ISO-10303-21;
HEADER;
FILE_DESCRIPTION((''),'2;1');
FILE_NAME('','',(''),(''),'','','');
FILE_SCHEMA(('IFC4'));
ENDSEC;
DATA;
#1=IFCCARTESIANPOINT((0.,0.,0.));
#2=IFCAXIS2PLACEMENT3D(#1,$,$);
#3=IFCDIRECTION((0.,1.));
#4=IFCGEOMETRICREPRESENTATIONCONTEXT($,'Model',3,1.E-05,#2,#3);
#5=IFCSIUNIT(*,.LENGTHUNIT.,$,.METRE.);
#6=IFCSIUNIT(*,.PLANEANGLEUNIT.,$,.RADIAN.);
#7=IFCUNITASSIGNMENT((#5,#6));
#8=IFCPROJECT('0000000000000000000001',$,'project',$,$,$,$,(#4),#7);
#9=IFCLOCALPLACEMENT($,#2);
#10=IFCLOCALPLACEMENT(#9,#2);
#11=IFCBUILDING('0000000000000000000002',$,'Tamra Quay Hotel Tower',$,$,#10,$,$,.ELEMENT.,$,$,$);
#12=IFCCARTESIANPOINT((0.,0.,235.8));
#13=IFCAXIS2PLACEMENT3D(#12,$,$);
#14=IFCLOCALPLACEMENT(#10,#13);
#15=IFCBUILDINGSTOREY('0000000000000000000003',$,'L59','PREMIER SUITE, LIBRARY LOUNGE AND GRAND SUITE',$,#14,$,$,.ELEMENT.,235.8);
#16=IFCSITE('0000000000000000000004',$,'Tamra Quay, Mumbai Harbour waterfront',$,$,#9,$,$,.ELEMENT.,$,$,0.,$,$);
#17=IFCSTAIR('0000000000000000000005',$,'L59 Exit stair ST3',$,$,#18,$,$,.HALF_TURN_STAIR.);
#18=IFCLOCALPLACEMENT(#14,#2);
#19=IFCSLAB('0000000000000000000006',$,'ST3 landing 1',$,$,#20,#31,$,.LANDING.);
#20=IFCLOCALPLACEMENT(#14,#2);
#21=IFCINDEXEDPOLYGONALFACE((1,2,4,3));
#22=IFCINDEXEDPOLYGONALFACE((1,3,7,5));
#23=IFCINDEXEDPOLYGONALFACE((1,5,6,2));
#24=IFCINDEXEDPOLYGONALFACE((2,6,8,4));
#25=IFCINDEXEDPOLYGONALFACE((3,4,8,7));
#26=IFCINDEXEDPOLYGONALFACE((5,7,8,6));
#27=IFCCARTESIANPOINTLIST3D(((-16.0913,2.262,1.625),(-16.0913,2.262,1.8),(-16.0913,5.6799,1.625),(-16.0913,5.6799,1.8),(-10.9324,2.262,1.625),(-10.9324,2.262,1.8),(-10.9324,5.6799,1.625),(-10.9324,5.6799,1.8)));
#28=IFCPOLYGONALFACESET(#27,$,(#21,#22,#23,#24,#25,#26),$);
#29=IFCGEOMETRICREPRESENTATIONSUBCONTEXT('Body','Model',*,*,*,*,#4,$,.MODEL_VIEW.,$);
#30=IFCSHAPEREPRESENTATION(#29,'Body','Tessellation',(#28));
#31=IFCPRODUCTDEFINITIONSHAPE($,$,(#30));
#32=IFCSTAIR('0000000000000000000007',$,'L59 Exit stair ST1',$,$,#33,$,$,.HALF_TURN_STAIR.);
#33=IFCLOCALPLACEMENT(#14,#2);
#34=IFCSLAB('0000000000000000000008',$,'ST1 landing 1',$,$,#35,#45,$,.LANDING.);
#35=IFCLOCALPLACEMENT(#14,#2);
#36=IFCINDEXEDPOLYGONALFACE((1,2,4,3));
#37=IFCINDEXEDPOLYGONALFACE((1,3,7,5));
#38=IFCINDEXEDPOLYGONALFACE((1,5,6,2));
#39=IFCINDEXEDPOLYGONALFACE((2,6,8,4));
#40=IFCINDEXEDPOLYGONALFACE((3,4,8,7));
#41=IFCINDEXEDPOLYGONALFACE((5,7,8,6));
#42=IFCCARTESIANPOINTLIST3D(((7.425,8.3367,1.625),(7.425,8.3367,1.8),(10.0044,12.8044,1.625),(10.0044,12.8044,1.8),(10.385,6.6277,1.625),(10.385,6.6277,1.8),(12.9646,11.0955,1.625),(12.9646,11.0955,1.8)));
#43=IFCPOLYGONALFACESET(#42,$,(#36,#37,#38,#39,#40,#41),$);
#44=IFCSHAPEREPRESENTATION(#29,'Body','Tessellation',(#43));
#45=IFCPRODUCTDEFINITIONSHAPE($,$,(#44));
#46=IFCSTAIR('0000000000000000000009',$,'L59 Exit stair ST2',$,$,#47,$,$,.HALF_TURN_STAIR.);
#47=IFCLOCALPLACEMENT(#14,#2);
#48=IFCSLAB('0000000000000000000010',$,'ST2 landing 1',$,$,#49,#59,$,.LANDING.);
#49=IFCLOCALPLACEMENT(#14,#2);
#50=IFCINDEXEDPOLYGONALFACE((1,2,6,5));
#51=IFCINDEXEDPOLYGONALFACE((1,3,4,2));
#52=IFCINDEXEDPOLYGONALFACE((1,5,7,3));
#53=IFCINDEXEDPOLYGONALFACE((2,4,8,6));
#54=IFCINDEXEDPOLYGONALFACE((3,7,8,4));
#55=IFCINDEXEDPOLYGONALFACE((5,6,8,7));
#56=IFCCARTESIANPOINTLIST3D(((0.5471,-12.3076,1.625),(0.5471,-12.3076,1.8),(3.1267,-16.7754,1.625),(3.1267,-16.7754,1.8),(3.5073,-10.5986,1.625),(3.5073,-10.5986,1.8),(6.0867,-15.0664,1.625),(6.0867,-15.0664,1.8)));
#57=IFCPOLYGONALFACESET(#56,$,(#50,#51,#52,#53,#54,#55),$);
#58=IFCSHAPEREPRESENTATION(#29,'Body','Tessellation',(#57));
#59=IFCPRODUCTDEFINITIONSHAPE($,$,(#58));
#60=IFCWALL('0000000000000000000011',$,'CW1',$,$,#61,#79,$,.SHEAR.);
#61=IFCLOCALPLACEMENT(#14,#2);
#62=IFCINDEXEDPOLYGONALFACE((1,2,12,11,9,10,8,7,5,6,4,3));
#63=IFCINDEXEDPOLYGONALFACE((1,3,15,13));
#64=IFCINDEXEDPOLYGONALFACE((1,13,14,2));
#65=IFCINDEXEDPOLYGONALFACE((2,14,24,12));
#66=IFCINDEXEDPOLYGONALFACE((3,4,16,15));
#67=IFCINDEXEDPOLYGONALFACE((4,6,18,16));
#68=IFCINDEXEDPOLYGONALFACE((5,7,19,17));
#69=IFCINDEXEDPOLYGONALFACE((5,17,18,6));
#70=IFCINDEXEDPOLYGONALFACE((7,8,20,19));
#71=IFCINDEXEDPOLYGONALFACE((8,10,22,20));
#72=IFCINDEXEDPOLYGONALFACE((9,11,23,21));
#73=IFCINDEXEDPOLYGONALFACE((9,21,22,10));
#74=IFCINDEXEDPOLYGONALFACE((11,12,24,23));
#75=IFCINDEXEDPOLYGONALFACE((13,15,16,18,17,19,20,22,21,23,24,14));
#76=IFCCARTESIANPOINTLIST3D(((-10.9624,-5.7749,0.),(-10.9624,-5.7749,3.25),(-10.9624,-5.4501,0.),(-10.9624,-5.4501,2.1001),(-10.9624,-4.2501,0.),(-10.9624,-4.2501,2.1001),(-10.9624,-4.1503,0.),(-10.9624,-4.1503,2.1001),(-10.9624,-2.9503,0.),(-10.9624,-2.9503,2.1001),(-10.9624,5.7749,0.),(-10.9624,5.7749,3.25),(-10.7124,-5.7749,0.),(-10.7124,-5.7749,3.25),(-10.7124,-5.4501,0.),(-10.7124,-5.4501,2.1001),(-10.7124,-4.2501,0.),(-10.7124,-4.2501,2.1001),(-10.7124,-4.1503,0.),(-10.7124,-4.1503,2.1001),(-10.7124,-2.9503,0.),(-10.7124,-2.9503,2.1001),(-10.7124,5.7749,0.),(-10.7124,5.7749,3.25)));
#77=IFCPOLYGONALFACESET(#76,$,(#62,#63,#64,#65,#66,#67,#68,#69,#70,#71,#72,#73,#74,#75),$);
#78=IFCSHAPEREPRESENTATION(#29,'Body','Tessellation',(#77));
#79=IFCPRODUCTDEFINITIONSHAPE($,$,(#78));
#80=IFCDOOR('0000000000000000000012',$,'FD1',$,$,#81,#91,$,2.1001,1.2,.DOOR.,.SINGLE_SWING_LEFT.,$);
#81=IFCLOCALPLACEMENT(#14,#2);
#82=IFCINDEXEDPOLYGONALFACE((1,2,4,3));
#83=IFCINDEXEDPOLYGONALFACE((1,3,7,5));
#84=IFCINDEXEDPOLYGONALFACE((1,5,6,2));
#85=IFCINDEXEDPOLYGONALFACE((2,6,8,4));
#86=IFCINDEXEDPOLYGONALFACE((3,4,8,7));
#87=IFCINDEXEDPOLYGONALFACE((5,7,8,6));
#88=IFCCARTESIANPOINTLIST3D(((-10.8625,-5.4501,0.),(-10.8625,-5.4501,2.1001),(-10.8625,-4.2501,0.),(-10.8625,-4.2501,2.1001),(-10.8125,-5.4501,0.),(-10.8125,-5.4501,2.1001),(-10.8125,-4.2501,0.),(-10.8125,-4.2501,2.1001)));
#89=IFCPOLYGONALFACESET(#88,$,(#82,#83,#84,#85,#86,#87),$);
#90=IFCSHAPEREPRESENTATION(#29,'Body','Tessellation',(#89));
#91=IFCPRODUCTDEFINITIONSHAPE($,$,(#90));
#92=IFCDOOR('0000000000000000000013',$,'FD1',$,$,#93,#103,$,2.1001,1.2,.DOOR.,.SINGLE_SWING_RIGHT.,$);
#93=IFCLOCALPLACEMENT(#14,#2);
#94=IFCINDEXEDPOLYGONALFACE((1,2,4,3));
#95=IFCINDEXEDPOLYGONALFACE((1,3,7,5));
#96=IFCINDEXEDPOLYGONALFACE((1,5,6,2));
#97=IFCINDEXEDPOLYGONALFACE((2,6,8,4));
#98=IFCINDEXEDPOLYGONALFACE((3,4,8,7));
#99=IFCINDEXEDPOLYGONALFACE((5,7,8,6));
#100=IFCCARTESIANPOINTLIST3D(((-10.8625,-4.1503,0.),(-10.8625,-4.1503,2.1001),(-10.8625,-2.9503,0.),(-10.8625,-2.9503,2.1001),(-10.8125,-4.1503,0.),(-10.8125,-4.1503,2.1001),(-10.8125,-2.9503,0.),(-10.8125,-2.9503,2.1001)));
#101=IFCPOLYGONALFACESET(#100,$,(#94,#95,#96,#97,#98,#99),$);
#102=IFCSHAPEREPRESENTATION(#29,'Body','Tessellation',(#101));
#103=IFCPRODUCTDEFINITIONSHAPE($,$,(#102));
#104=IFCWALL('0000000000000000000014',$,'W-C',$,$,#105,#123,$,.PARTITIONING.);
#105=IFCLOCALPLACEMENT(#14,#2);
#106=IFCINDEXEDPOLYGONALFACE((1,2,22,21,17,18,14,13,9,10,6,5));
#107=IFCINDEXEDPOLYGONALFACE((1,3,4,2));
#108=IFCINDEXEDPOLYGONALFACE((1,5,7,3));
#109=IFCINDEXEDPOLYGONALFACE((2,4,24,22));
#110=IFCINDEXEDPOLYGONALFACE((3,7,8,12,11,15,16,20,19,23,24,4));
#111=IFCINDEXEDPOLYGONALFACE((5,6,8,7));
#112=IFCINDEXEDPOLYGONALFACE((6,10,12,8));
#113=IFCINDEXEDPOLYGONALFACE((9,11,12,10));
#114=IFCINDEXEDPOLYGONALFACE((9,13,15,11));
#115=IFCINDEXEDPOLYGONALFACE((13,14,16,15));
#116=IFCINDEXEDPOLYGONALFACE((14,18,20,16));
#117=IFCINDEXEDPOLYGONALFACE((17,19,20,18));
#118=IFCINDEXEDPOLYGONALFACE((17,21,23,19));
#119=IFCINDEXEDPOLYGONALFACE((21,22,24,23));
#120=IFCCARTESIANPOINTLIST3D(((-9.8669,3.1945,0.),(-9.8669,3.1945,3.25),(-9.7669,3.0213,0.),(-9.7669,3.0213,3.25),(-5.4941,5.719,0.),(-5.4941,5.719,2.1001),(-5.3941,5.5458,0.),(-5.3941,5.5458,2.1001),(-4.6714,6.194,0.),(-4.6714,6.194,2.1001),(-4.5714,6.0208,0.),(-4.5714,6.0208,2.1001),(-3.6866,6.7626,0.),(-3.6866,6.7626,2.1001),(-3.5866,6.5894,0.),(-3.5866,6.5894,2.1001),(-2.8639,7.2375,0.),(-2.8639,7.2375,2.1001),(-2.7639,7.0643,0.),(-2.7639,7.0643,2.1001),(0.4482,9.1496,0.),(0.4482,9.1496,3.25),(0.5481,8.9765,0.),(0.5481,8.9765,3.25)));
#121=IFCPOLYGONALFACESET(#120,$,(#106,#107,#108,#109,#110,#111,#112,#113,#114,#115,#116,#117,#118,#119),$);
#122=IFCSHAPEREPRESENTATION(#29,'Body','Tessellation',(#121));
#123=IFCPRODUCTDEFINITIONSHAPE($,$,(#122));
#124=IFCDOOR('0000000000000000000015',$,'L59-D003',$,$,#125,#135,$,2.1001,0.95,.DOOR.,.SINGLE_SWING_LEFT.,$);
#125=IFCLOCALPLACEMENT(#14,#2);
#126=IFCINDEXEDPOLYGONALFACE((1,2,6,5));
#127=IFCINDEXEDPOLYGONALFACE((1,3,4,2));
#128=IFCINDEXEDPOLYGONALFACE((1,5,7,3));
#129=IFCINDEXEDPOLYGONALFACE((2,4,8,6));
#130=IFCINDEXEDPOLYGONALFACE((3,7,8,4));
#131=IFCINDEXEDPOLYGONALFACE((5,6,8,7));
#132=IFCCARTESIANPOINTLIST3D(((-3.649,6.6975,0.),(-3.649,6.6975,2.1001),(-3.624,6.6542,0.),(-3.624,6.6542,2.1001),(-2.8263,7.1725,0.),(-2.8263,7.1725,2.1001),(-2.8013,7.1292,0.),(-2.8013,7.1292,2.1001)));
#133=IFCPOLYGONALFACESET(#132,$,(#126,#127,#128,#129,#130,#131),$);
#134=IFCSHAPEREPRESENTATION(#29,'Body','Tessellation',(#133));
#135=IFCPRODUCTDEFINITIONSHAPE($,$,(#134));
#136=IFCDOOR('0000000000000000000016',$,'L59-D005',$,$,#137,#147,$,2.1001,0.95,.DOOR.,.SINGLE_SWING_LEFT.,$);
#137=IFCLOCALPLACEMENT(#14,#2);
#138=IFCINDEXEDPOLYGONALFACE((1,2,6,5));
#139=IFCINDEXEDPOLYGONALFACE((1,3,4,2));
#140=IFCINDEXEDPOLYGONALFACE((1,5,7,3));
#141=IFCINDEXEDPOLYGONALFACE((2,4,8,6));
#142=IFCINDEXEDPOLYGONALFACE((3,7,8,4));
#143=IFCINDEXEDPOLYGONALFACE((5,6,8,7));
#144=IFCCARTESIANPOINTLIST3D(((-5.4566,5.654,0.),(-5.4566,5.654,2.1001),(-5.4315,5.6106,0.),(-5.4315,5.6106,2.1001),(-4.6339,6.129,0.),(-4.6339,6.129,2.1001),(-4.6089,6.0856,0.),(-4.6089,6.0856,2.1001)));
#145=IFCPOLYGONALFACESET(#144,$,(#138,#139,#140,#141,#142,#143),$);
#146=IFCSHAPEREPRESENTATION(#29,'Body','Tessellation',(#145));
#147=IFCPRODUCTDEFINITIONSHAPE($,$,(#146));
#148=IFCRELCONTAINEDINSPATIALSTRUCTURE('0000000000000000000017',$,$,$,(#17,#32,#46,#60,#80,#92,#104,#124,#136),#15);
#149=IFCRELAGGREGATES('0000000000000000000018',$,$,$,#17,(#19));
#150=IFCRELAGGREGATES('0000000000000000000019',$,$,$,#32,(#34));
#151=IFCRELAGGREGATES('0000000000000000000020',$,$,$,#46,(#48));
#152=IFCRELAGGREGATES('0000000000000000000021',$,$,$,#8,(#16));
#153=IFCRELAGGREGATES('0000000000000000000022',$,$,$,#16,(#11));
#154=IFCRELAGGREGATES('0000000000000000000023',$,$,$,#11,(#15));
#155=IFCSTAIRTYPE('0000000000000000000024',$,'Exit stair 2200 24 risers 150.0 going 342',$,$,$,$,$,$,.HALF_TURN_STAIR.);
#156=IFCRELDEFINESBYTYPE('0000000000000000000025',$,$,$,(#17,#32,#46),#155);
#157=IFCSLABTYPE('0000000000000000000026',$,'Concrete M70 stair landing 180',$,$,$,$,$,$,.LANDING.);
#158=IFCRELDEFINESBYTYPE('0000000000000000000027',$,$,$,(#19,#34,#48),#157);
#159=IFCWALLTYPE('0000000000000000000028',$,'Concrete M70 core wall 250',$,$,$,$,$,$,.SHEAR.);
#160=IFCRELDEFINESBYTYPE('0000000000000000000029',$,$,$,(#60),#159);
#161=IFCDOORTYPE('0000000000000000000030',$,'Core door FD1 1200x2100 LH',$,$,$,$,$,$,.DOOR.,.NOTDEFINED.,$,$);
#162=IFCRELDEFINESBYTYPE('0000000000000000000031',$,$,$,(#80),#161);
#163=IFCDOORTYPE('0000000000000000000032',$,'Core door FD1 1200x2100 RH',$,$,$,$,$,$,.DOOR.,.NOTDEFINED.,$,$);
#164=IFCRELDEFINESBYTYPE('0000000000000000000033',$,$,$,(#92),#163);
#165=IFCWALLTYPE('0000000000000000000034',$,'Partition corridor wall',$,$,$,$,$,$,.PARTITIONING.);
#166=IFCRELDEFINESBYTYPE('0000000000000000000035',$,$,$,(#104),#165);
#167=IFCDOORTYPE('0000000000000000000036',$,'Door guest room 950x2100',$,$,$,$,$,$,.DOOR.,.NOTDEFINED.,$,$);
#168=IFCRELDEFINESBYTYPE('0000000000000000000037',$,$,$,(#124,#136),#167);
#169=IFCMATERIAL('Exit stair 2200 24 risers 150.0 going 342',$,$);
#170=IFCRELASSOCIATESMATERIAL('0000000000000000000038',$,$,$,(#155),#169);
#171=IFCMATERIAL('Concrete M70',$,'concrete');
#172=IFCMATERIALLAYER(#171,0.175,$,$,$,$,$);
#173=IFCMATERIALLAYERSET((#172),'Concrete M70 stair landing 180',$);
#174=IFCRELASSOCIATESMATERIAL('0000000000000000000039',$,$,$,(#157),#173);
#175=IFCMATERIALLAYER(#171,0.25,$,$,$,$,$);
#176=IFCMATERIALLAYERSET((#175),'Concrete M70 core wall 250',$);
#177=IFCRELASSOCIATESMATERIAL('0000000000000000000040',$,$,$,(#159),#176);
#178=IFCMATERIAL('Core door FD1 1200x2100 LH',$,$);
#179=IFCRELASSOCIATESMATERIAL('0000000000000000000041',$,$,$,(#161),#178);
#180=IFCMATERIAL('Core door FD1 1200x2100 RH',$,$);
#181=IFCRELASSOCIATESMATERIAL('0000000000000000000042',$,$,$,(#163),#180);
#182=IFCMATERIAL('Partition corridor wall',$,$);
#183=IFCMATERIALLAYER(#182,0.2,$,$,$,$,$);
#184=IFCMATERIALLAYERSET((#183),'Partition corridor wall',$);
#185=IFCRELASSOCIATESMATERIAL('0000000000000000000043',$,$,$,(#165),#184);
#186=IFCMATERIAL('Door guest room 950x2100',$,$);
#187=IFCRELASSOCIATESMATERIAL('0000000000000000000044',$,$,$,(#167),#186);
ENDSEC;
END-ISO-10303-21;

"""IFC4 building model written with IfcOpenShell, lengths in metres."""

from ifc_helpers import new_model, si_unit, direction, frame, frame_2d, origin, place, context, subcontext, project, spatial, polyline, rectangle, outline, extrude, material, layer, layer_set, type_object, element, fill, aggregate, save


model = new_model("IFC4")

# Units and contexts
model_context = context("Model", 3, precision=1e-05, world=origin(), true_north=direction((0.0, 1.0)))
body_context = subcontext(model_context, "Body", "Model", "MODEL_VIEW")
ifc_project = project(units=[si_unit("LENGTHUNIT", "METRE"), si_unit("PLANEANGLEUNIT", "RADIAN")], contexts=[model_context])

# Site, building, storey
site_placement = place(None, origin())
site = spatial("IfcSite", under=ifc_project, at=site_placement, Name="Tamra Quay, Mumbai Harbour waterfront", CompositionType="ELEMENT", RefElevation=0.0)
building_placement = place(site_placement, origin())
building = spatial("IfcBuilding", under=site, at=building_placement, Name="Tamra Quay Hotel Tower", CompositionType="ELEMENT")
storey_placement = place(building_placement, frame((0.0, 0.0, 235.8)))
storey = spatial("IfcBuildingStorey", under=building, at=storey_placement, Name="L59", Description="PREMIER SUITE, LIBRARY LOUNGE AND GRAND SUITE", CompositionType="ELEMENT", Elevation=235.8)

# Stairs, slabs
ifc_material_1 = material(Name="Exit stair 2200 24 risers 150.0 going 342")
stair_type = type_object("IfcStairType", Name="Exit stair 2200 24 risers 150.0 going 342", PredefinedType="HALF_TURN_STAIR", material=ifc_material_1)
stair_1_placement = place(storey_placement, origin())
stair_1 = element("IfcStair", 1, at=stair_1_placement, inside=storey, type_object=stair_type, Name="L59 Exit stair ST3", PredefinedType="HALF_TURN_STAIR")
ifc_material_2 = material(Name="Concrete M70", Category="concrete")
ifc_layer_1 = layer(ifc_material_2, 0.175)
ifc_layer_set_1 = layer_set([ifc_layer_1], Name="Concrete M70 stair landing 180")
slab_type_1 = type_object("IfcSlabType", Name="Concrete M70 stair landing 180", PredefinedType="LANDING", material=ifc_layer_set_1)
slab_1_placement = place(storey_placement, frame((0.0, 0.0, 1.625)))
slab_1 = element("IfcSlab", 2, at=slab_1_placement, type_object=slab_type_1, Name="ST3 landing 1", PredefinedType="LANDING", context=body_context, shape_type="SweptSolid", body=[
    extrude(outline(polyline([(-10.9324, 2.262), (-10.9324, 5.6799), (-16.0913, 5.6799), (-16.0913, 2.262), (-10.9324, 2.262)])), origin(), (0.0, 0.0, 1.0), 0.175),
])
aggregate(stair_1, [slab_1])
stair_2_placement = place(storey_placement, origin())
stair_2 = element("IfcStair", 3, at=stair_2_placement, inside=storey, type_object=stair_type, Name="L59 Exit stair ST1", PredefinedType="HALF_TURN_STAIR")
slab_2_placement = place(storey_placement, frame((0.0, 0.0, 1.625)))
slab_2 = element("IfcSlab", 4, at=slab_2_placement, type_object=slab_type_1, Name="ST1 landing 1", PredefinedType="LANDING", context=body_context, shape_type="SweptSolid", body=[
    extrude(outline(polyline([(7.425, 8.3367), (10.385, 6.6277), (12.9646, 11.0955), (10.0044, 12.8044), (7.425, 8.3367)])), origin(), (0.0, 0.0, 1.0), 0.175),
])
aggregate(stair_2, [slab_2])
stair_3_placement = place(storey_placement, origin())
stair_3 = element("IfcStair", 5, at=stair_3_placement, inside=storey, type_object=stair_type, Name="L59 Exit stair ST2", PredefinedType="HALF_TURN_STAIR")
slab_3_placement = place(storey_placement, frame((0.0, 0.0, 1.625)))
slab_3 = element("IfcSlab", 6, at=slab_3_placement, type_object=slab_type_1, Name="ST2 landing 1", PredefinedType="LANDING", context=body_context, shape_type="SweptSolid", body=[
    extrude(outline(polyline([(3.5073, -10.5986), (0.5471, -12.3076), (3.1267, -16.7754), (6.0867, -15.0664), (3.5073, -10.5986)])), origin(), (0.0, 0.0, 1.0), 0.175),
])
aggregate(stair_3, [slab_3])

# Walls, openings, doors
ifc_layer_2 = layer(ifc_material_2, 0.25)
ifc_layer_set_2 = layer_set([ifc_layer_2], Name="Concrete M70 core wall 250")
wall_type_1 = type_object("IfcWallType", Name="Concrete M70 core wall 250", PredefinedType="SHEAR", material=ifc_layer_set_2)
wall_1_placement = place(storey_placement, frame((-10.8374, 5.7749, 0.0), z_axis=(0.0, 0.0, 1.0), x_axis=(0.0, -1.0, 0.0)))
wall_1 = element("IfcWall", 7, at=wall_1_placement, inside=storey, type_object=wall_type_1, Name="CW1", PredefinedType="SHEAR", context=body_context, shape_type="SweptSolid", body=[
    extrude(rectangle(XDim=11.5498, YDim=0.25, at=frame_2d((5.7749, 0.0))), origin(), (0.0, 0.0, 1.0), 3.25),
])
opening_1_placement = place(wall_1_placement, frame((10.0249, 0.0, 0.0)))
opening_1 = element("IfcOpeningElement", 8, at=opening_1_placement, cuts=wall_1, PredefinedType="OPENING", context=body_context, shape_type="SweptSolid", body=[
    extrude(rectangle(XDim=1.2, YDim=2.1001, at=frame_2d((0.6001, 1.05))), frame((0.0, 0.135, 0.0), z_axis=(0.0, -1.0, 0.0), x_axis=(1.0, 0.0, 0.0)), (0.0, 0.0, 1.0), 0.27),
])
opening_2_placement = place(wall_1_placement, frame((8.7251, 0.0, 0.0)))
opening_2 = element("IfcOpeningElement", 9, at=opening_2_placement, cuts=wall_1, PredefinedType="OPENING", context=body_context, shape_type="SweptSolid", body=[
    extrude(rectangle(XDim=1.2, YDim=2.1001, at=frame_2d((0.6001, 1.05))), frame((0.0, 0.135, 0.0), z_axis=(0.0, -1.0, 0.0), x_axis=(1.0, 0.0, 0.0)), (0.0, 0.0, 1.0), 0.27),
])
ifc_material_3 = material(Name="Core door FD1 1200x2100 LH")
door_type_1 = type_object("IfcDoorType", Name="Core door FD1 1200x2100 LH", OperationType="NOTDEFINED", PredefinedType="DOOR", material=ifc_material_3)
door_1_placement = place(opening_1_placement, origin())
door_1 = element("IfcDoor", 10, at=door_1_placement, inside=storey, type_object=door_type_1, Name="FD1", OperationType="SINGLE_SWING_LEFT", OverallHeight=2.1001, OverallWidth=1.2, PredefinedType="DOOR", context=body_context, shape_type="SweptSolid", body=[
    extrude(rectangle(XDim=1.2, YDim=2.1001, at=frame_2d((0.6001, 1.05))), frame((0.0, 0.0249, 0.0), z_axis=(0.0, -1.0, 0.0), x_axis=(1.0, 0.0, 0.0)), (0.0, 0.0, 1.0), 0.05),
])
fill(opening_1, door_1)
ifc_material_4 = material(Name="Core door FD1 1200x2100 RH")
door_type_2 = type_object("IfcDoorType", Name="Core door FD1 1200x2100 RH", OperationType="NOTDEFINED", PredefinedType="DOOR", material=ifc_material_4)
door_2_placement = place(opening_2_placement, origin())
door_2 = element("IfcDoor", 11, at=door_2_placement, inside=storey, type_object=door_type_2, Name="FD1", OperationType="SINGLE_SWING_RIGHT", OverallHeight=2.1001, OverallWidth=1.2, PredefinedType="DOOR", context=body_context, shape_type="SweptSolid", body=[
    extrude(rectangle(XDim=1.2, YDim=2.1001, at=frame_2d((0.6001, 1.05))), frame((0.0, 0.0249, 0.0), z_axis=(0.0, -1.0, 0.0), x_axis=(1.0, 0.0, 0.0)), (0.0, 0.0, 1.0), 0.05),
])
fill(opening_2, door_2)
ifc_material_5 = material(Name="Partition corridor wall")
ifc_layer_3 = layer(ifc_material_5, 0.2)
ifc_layer_set_3 = layer_set([ifc_layer_3], Name="Partition corridor wall")
wall_type_2 = type_object("IfcWallType", Name="Partition corridor wall", PredefinedType="PARTITIONING", material=ifc_layer_set_3)
wall_2_placement = place(storey_placement, frame((-9.8169, 3.1079, 0.0), z_axis=(0.0, 0.0, 1.0), x_axis=(0.866035, 0.499984, 0.0)))
wall_2 = element("IfcWall", 12, at=wall_2_placement, inside=storey, type_object=wall_type_2, Name="W-C", PredefinedType="PARTITIONING", context=body_context, shape_type="SweptSolid", body=[
    extrude(rectangle(XDim=11.9106, YDim=0.2, at=frame_2d((5.9553, 0.0))), origin(), (0.0, 0.0, 1.0), 3.25),
])
opening_3_placement = place(wall_2_placement, frame((7.1362, 0.0, 0.0)))
opening_3 = element("IfcOpeningElement", 13, at=opening_3_placement, cuts=wall_2, PredefinedType="OPENING", context=body_context, shape_type="SweptSolid", body=[
    extrude(rectangle(XDim=0.95, YDim=2.1001, at=frame_2d((0.4751, 1.05))), frame((0.0, 0.1099, 0.0), z_axis=(0.0, -1.0, 0.0), x_axis=(1.0, 0.0, 0.0)), (0.0, 0.0, 1.0), 0.22),
])
opening_4_placement = place(wall_2_placement, frame((5.0491, 0.0, 0.0)))
opening_4 = element("IfcOpeningElement", 14, at=opening_4_placement, cuts=wall_2, PredefinedType="OPENING", context=body_context, shape_type="SweptSolid", body=[
    extrude(rectangle(XDim=0.95, YDim=2.1001, at=frame_2d((0.4751, 1.05))), frame((0.0, 0.1099, 0.0), z_axis=(0.0, -1.0, 0.0), x_axis=(1.0, 0.0, 0.0)), (0.0, 0.0, 1.0), 0.22),
])
ifc_material_6 = material(Name="Door guest room 950x2100")
door_type_3 = type_object("IfcDoorType", Name="Door guest room 950x2100", OperationType="NOTDEFINED", PredefinedType="DOOR", material=ifc_material_6)
door_3_placement = place(opening_3_placement, origin())
door_3 = element("IfcDoor", 15, at=door_3_placement, inside=storey, type_object=door_type_3, Name="L59-D003", OperationType="SINGLE_SWING_LEFT", OverallHeight=2.1001, OverallWidth=0.95, PredefinedType="DOOR", context=body_context, shape_type="SweptSolid", body=[
    extrude(rectangle(XDim=0.95, YDim=2.1001, at=frame_2d((0.4751, 1.05))), frame((0.0, 0.0249, 0.0), z_axis=(0.0, -1.0, 0.0), x_axis=(1.0, 0.0, 0.0)), (0.0, 0.0, 1.0), 0.05),
])
fill(opening_3, door_3)
door_4_placement = place(opening_4_placement, origin())
door_4 = element("IfcDoor", 16, at=door_4_placement, inside=storey, type_object=door_type_3, Name="L59-D005", OperationType="SINGLE_SWING_LEFT", OverallHeight=2.1001, OverallWidth=0.95, PredefinedType="DOOR", context=body_context, shape_type="SweptSolid", body=[
    extrude(rectangle(XDim=0.95, YDim=2.1001, at=frame_2d((0.4751, 1.05))), frame((0.0, 0.0249, 0.0), z_axis=(0.0, -1.0, 0.0), x_axis=(1.0, 0.0, 0.0)), (0.0, 0.0, 1.0), 0.05),
])
fill(opening_4, door_4)

save(model, "model.ifc")
